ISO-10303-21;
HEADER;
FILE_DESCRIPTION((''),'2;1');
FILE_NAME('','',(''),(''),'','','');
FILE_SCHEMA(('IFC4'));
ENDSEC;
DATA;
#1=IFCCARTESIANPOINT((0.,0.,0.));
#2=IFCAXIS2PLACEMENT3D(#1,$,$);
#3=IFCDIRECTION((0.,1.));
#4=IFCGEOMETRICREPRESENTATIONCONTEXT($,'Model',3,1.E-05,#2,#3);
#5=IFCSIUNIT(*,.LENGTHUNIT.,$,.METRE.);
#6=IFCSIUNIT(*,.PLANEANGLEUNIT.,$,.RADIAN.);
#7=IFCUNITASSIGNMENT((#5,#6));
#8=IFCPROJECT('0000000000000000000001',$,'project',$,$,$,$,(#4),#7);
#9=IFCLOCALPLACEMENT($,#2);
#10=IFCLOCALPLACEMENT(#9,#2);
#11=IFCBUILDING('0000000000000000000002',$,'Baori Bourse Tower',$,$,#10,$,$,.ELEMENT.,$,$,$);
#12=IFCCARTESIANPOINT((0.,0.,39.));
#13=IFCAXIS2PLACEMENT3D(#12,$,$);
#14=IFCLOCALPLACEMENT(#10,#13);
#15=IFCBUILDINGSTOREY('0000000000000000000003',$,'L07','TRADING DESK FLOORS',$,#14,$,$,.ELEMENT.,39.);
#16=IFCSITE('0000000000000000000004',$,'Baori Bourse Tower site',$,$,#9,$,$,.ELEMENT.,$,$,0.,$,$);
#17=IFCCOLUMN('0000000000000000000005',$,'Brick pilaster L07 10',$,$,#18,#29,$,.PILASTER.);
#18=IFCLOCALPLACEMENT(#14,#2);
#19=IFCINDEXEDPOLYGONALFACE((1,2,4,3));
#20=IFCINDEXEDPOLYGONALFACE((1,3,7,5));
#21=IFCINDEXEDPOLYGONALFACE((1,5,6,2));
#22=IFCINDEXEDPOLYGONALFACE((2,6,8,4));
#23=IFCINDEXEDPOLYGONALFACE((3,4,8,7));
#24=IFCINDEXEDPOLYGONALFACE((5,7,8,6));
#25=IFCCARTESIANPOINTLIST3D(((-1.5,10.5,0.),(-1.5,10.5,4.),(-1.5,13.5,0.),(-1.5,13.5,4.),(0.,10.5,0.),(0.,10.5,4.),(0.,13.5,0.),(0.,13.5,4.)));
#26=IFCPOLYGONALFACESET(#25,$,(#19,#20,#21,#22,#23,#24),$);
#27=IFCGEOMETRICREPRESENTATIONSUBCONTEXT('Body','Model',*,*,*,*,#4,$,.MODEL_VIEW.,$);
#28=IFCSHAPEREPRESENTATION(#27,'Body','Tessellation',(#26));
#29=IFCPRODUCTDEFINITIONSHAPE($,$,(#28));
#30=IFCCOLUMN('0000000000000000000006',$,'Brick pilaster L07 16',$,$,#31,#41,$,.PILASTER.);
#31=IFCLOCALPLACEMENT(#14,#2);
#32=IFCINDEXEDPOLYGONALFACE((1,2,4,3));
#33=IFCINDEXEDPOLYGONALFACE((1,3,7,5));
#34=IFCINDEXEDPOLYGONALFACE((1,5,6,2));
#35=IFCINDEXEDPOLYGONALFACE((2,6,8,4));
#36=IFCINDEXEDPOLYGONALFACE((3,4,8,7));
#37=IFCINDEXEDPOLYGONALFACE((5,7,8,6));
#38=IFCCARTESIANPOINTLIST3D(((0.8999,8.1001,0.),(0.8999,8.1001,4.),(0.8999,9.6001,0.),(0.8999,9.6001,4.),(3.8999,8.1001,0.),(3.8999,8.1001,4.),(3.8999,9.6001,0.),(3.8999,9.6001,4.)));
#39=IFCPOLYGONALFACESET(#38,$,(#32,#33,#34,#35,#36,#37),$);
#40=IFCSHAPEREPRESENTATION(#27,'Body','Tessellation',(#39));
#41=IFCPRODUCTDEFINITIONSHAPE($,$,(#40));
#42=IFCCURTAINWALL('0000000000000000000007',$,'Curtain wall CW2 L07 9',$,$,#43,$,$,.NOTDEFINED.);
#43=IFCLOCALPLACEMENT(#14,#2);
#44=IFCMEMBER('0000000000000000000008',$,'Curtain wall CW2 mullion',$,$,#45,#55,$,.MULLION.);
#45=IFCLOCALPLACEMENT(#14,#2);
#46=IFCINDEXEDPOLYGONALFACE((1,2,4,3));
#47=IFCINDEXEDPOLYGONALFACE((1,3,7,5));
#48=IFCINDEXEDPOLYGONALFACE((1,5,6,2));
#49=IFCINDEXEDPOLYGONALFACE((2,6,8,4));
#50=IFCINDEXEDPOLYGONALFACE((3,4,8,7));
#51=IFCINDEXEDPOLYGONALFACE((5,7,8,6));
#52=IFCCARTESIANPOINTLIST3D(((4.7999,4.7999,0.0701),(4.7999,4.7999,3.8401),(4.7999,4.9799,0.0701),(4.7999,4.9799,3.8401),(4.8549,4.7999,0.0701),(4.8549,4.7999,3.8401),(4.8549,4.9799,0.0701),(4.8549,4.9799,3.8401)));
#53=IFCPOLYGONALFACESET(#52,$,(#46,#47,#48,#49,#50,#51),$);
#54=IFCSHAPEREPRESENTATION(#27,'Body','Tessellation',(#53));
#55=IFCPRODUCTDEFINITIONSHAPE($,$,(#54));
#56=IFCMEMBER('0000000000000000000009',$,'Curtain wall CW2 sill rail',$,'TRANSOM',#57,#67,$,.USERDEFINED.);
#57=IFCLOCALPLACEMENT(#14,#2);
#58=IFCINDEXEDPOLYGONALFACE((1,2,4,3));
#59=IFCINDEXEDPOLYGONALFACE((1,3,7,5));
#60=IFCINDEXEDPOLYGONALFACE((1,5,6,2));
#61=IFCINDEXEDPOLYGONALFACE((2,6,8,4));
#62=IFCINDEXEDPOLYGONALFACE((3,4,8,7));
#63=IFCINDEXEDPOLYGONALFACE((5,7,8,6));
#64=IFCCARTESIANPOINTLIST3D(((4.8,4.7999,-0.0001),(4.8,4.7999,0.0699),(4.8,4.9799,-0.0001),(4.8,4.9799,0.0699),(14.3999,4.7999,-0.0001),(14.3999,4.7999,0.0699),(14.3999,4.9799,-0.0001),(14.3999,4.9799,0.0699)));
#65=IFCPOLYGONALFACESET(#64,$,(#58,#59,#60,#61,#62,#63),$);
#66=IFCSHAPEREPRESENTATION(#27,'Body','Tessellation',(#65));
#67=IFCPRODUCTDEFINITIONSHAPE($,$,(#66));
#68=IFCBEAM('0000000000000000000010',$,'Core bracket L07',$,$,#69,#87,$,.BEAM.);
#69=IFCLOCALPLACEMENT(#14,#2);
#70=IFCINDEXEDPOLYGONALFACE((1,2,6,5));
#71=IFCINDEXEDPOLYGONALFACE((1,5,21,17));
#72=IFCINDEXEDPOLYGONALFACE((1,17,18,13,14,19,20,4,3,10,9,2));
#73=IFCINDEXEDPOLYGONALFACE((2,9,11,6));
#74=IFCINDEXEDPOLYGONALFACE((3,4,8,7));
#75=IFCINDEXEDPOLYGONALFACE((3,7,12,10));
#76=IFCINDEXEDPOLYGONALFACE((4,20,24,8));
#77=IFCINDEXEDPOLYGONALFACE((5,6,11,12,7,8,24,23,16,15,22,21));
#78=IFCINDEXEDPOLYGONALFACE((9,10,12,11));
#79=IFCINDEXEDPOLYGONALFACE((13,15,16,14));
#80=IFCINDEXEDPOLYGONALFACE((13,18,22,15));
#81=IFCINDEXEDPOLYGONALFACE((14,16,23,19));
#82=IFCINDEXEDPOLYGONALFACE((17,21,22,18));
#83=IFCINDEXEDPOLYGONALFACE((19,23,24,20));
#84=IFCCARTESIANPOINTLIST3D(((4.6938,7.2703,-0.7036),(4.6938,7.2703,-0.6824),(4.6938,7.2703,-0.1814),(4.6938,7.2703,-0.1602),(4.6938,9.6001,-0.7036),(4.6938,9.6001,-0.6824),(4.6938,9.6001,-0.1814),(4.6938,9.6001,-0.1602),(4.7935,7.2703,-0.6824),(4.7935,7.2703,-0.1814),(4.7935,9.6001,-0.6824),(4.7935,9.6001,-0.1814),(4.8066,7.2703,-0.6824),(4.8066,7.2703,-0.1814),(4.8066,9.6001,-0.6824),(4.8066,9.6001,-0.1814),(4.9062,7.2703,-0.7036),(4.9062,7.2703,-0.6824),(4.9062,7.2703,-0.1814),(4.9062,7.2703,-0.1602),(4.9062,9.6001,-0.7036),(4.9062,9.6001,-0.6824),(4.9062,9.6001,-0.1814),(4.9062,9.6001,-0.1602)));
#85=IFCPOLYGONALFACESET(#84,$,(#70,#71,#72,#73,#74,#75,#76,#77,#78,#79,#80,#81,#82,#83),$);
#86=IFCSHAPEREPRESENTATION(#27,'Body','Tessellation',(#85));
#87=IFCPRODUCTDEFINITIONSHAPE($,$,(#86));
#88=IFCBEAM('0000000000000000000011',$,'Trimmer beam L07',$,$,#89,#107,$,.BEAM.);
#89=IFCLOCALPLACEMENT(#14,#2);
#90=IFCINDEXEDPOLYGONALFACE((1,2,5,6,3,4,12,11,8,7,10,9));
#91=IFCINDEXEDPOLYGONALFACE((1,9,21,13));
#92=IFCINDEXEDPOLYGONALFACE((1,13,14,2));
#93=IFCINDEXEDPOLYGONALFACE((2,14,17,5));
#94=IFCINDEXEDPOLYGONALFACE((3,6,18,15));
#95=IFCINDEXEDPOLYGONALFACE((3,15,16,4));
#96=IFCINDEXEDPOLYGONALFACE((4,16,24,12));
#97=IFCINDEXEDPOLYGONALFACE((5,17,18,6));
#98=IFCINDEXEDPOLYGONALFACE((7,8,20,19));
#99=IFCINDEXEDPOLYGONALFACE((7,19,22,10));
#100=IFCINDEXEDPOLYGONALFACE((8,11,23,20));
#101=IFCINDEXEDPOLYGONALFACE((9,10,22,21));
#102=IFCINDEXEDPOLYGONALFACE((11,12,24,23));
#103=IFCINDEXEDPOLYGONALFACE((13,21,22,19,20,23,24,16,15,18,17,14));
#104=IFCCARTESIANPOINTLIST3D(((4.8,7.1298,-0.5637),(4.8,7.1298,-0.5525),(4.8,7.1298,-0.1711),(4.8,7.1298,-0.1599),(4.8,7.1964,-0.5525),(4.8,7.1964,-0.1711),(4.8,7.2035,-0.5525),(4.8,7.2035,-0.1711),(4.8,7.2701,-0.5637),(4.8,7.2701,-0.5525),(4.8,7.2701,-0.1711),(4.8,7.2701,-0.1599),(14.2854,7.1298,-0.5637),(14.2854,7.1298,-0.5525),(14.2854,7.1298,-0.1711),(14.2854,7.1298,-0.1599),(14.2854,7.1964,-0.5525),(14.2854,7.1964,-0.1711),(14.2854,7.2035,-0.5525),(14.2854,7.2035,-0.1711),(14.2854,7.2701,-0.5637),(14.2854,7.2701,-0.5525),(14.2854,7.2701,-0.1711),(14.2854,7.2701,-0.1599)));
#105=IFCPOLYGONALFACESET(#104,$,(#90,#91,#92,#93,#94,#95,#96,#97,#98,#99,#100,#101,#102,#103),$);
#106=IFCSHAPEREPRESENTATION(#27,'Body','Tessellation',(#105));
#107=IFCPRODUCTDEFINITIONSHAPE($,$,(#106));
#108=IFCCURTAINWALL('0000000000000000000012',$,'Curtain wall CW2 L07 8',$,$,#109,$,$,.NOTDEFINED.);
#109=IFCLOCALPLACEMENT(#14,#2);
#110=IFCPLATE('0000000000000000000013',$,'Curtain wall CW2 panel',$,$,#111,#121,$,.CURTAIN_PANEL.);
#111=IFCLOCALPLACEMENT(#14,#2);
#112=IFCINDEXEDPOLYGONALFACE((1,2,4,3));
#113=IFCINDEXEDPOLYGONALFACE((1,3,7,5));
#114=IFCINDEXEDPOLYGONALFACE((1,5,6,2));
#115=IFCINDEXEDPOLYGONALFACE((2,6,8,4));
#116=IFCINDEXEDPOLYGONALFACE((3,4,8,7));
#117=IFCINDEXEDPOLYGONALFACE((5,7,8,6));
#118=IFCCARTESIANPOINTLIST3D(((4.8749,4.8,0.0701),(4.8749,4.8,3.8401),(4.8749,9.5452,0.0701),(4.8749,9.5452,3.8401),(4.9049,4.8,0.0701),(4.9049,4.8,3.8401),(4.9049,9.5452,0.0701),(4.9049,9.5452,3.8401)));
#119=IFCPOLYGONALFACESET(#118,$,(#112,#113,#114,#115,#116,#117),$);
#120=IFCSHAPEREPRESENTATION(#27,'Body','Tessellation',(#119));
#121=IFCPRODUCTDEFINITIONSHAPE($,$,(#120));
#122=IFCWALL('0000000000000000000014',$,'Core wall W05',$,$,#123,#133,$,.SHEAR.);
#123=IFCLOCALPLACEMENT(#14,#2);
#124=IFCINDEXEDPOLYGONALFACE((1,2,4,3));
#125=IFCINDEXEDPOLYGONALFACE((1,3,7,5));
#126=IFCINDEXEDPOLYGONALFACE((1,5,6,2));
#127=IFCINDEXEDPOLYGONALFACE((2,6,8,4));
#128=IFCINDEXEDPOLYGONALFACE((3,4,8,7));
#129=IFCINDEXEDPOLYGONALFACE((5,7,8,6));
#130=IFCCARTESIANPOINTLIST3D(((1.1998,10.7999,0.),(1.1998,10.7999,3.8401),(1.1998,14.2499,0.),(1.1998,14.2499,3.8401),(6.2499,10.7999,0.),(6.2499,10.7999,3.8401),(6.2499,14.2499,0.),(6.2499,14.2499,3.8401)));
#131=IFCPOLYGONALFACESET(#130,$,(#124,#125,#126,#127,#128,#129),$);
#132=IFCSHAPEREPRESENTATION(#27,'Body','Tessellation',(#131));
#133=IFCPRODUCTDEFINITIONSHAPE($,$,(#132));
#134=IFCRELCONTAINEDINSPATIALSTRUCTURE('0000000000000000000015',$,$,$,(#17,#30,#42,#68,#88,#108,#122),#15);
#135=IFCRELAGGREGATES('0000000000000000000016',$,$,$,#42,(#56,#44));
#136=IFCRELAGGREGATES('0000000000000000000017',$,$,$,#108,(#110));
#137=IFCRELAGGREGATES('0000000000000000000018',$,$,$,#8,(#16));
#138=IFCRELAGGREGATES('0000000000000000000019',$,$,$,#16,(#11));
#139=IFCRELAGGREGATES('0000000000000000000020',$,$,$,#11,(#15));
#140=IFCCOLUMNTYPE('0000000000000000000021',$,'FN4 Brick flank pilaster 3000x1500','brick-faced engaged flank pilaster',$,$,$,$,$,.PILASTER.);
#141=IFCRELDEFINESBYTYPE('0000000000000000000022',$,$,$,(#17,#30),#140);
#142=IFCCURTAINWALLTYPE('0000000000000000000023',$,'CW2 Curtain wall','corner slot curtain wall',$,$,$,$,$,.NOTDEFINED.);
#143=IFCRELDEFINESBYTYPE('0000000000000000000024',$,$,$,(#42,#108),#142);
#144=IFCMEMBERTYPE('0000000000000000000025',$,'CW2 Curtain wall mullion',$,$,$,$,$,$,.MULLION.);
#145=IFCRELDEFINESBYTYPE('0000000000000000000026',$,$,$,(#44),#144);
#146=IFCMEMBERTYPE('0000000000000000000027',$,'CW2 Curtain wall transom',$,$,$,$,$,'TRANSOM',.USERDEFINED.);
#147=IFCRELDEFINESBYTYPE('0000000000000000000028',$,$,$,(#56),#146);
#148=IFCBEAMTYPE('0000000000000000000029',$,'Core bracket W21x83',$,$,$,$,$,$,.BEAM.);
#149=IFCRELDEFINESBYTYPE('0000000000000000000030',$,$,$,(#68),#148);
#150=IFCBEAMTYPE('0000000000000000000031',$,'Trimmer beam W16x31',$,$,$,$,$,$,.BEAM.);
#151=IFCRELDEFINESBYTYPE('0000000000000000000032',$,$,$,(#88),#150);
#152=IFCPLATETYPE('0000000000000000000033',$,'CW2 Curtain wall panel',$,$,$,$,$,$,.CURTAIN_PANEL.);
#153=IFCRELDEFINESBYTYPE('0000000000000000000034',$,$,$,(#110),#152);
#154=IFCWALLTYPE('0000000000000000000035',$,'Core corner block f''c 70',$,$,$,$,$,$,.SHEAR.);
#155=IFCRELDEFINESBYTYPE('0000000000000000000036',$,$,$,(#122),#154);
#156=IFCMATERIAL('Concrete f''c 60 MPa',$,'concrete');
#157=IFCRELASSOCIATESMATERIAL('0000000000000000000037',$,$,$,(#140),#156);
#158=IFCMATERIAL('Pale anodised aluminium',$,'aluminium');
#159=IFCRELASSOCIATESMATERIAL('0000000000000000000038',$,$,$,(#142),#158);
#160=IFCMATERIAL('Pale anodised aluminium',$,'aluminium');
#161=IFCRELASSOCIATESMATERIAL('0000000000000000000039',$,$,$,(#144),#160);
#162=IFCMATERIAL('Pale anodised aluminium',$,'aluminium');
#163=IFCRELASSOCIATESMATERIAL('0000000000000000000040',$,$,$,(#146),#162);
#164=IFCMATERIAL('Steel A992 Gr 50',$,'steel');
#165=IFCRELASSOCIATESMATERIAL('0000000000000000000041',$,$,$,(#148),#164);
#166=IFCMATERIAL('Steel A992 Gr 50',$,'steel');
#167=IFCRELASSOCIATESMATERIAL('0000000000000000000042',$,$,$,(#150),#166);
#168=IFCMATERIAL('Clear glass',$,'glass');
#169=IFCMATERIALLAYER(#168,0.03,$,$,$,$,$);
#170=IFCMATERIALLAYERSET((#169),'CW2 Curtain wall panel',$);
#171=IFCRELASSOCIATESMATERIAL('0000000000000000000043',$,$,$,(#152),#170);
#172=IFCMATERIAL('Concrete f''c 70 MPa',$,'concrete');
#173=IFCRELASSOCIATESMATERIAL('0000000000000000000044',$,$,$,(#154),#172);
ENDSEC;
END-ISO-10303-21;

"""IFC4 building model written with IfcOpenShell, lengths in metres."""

from ifc_helpers import new_model, si_unit, direction, frame, frame_2d, origin, origin_2d, place, context, subcontext, project, spatial, rectangle, i_section, extrude, material, layer, layer_set, material_profile, profile_set, type_object, element, aggregate, save


model = new_model("IFC4")

# Units and contexts
model_context = context("Model", 3, precision=1e-05, world=origin(), true_north=direction((0.0, 1.0)))
body_context = subcontext(model_context, "Body", "Model", "MODEL_VIEW")
ifc_project = project(units=[si_unit("LENGTHUNIT", "METRE"), si_unit("PLANEANGLEUNIT", "RADIAN")], contexts=[model_context])

# Site, building, storey
site_placement = place(None, origin())
site = spatial("IfcSite", under=ifc_project, at=site_placement, Name="Baori Bourse Tower site", CompositionType="ELEMENT", RefElevation=0.0)
building_placement = place(site_placement, origin())
building = spatial("IfcBuilding", under=site, at=building_placement, Name="Baori Bourse Tower", CompositionType="ELEMENT")
storey_placement = place(building_placement, frame((0.0, 0.0, 39.0)))
storey = spatial("IfcBuildingStorey", under=building, at=storey_placement, Name="L07", Description="TRADING DESK FLOORS", CompositionType="ELEMENT", Elevation=39.0)

# Columns
ifc_material_1 = material(Name="Concrete f'c 60 MPa", Category="concrete")
ifc_material_profile_1 = material_profile(ifc_material_1, rectangle(XDim=3.0, YDim=1.5, at=origin_2d()), Name="RC 3000x1500")
ifc_profile_set_1 = profile_set([ifc_material_profile_1], Name="Concrete f'c 60 MPa")
column_type = type_object("IfcColumnType", Name="FN4 Brick flank pilaster 3000x1500", Description="brick-faced engaged flank pilaster", PredefinedType="PILASTER", material=ifc_profile_set_1)
for number, where, z_axis, x_axis, name in (
    (1, (-0.75, 12.0, 0.0), (0.0, 0.0, 1.0), (0.0, 1.0, 0.0), "Brick pilaster L07 10"),
    (2, (2.3999, 8.8501, 0.0), (0.0, 0.0, 1.0), (1.0, 0.0, 0.0), "Brick pilaster L07 16"),
):
    element("IfcColumn", number, at=place(storey_placement, frame(where, z_axis=z_axis, x_axis=x_axis)), inside=storey, type_object=column_type, Name=name, PredefinedType="PILASTER", context=body_context, shape_type="SweptSolid", body=[
        extrude(rectangle(XDim=3.0, YDim=1.5, at=origin_2d()), origin(), (0.0, 0.0, 1.0), 4.0),
    ])

# Curtain wall, members
ifc_material_2 = material(Name="Pale anodised aluminium", Category="aluminium")
curtain_wall_type = type_object("IfcCurtainWallType", Name="CW2 Curtain wall", Description="corner slot curtain wall", PredefinedType="NOTDEFINED", material=ifc_material_2)
curtain_wall_1_placement = place(storey_placement, origin())
curtain_wall_1 = element("IfcCurtainWall", 3, at=curtain_wall_1_placement, inside=storey, type_object=curtain_wall_type, Name="Curtain wall CW2 L07 9", PredefinedType="NOTDEFINED")
ifc_material_3 = material(Name="Pale anodised aluminium", Category="aluminium")
ifc_material_profile_2 = material_profile(ifc_material_3, rectangle(XDim=0.1799, YDim=0.0549, at=origin_2d()), Name="Mullion 55x180")
ifc_profile_set_2 = profile_set([ifc_material_profile_2], Name="Pale anodised aluminium")
member_type_1 = type_object("IfcMemberType", Name="CW2 Curtain wall mullion", PredefinedType="MULLION", material=ifc_profile_set_2)
member_1_placement = place(storey_placement, frame((4.8274, 4.8899, 0.0701), z_axis=(0.0, 0.0, 1.0), x_axis=(0.0, 1.0, 0.0)))
member_1 = element("IfcMember", 4, at=member_1_placement, type_object=member_type_1, Name="Curtain wall CW2 mullion", PredefinedType="MULLION", context=body_context, shape_type="SweptSolid", body=[
    extrude(rectangle(XDim=0.1799, YDim=0.0549, at=origin_2d()), origin(), (0.0, 0.0, 1.0), 3.77),
])
ifc_material_4 = material(Name="Pale anodised aluminium", Category="aluminium")
ifc_material_profile_3 = material_profile(ifc_material_4, rectangle(XDim=0.1799, YDim=0.0701, at=origin_2d()), Name="Transom 70x180")
ifc_profile_set_3 = profile_set([ifc_material_profile_3], Name="Pale anodised aluminium")
member_type_2 = type_object("IfcMemberType", Name="CW2 Curtain wall transom", ElementType="TRANSOM", PredefinedType="USERDEFINED", material=ifc_profile_set_3)
member_2_placement = place(storey_placement, frame((4.8, 4.8899, 0.0349), z_axis=(1.0, 0.0, 0.0), x_axis=(0.0, 1.0, 0.0)))
member_2 = element("IfcMember", 5, at=member_2_placement, type_object=member_type_2, Name="Curtain wall CW2 sill rail", ObjectType="TRANSOM", PredefinedType="USERDEFINED", context=body_context, shape_type="SweptSolid", body=[
    extrude(rectangle(XDim=0.1799, YDim=0.0701, at=origin_2d()), origin(), (0.0, 0.0, 1.0), 9.5999),
])
aggregate(curtain_wall_1, [member_2, member_1])

# Beams
ifc_material_5 = material(Name="Steel A992 Gr 50", Category="steel")
ifc_material_profile_4 = material_profile(ifc_material_5, i_section(OverallWidth=0.2124, OverallDepth=0.5435, WebThickness=0.0132, FlangeThickness=0.0212, at=origin_2d()), Name="W21x83")
ifc_profile_set_4 = profile_set([ifc_material_profile_4], Name="Steel A992 Gr 50")
beam_type_1 = type_object("IfcBeamType", Name="Core bracket W21x83", PredefinedType="BEAM", material=ifc_profile_set_4)
beam_1_placement = place(storey_placement, frame((4.8, 7.2703, -0.4319), z_axis=(0.0, 1.0, 0.0), x_axis=(-1.0, 0.0, 0.0)))
element("IfcBeam", 6, at=beam_1_placement, inside=storey, type_object=beam_type_1, Name="Core bracket L07", PredefinedType="BEAM", context=body_context, shape_type="SweptSolid", body=[
    extrude(i_section(OverallWidth=0.2124, OverallDepth=0.5435, WebThickness=0.0132, FlangeThickness=0.0212, at=origin_2d()), origin(), (0.0, 0.0, 1.0), 2.3298),
])
ifc_material_6 = material(Name="Steel A992 Gr 50", Category="steel")
ifc_material_profile_5 = material_profile(ifc_material_6, i_section(OverallWidth=0.1404, OverallDepth=0.4038, WebThickness=0.0071, FlangeThickness=0.0112, at=origin_2d()), Name="W16x31")
ifc_profile_set_5 = profile_set([ifc_material_profile_5], Name="Steel A992 Gr 50")
beam_type_2 = type_object("IfcBeamType", Name="Trimmer beam W16x31", PredefinedType="BEAM", material=ifc_profile_set_5)
beam_2_placement = place(storey_placement, frame((4.8, 7.2, -0.3618), z_axis=(1.0, 0.0, 0.0), x_axis=(0.0, 1.0, 0.0)))
element("IfcBeam", 7, at=beam_2_placement, inside=storey, type_object=beam_type_2, Name="Trimmer beam L07", PredefinedType="BEAM", context=body_context, shape_type="SweptSolid", body=[
    extrude(i_section(OverallWidth=0.1404, OverallDepth=0.4038, WebThickness=0.0071, FlangeThickness=0.0112, at=origin_2d()), origin(), (0.0, 0.0, 1.0), 9.4854),
])

# Curtain wall, plate
curtain_wall_2_placement = place(storey_placement, origin())
curtain_wall_2 = element("IfcCurtainWall", 8, at=curtain_wall_2_placement, inside=storey, type_object=curtain_wall_type, Name="Curtain wall CW2 L07 8", PredefinedType="NOTDEFINED")
ifc_material_7 = material(Name="Clear glass", Category="glass")
ifc_layer_1 = layer(ifc_material_7, 0.03)
ifc_layer_set_1 = layer_set([ifc_layer_1], Name="CW2 Curtain wall panel")
plate_type = type_object("IfcPlateType", Name="CW2 Curtain wall panel", PredefinedType="CURTAIN_PANEL", material=ifc_layer_set_1)
plate_placement = place(storey_placement, frame((4.8899, 7.1726, 0.0701), z_axis=(0.0, 0.0, 1.0), x_axis=(0.0, -1.0, 0.0)))
plate = element("IfcPlate", 9, at=plate_placement, type_object=plate_type, Name="Curtain wall CW2 panel", PredefinedType="CURTAIN_PANEL", context=body_context, shape_type="SweptSolid", body=[
    extrude(rectangle(XDim=4.7451, YDim=0.03, at=origin_2d()), origin(), (0.0, 0.0, 1.0), 3.77),
])
aggregate(curtain_wall_2, [plate])

# Wall
ifc_material_8 = material(Name="Concrete f'c 70 MPa", Category="concrete")
wall_type_1 = type_object("IfcWallType", Name="Core corner block f'c 70", PredefinedType="SHEAR", material=ifc_material_8)
wall_1_placement = place(storey_placement, frame((1.2, 12.5249, 0.0), z_axis=(0.0, 0.0, 1.0), x_axis=(1.0, 0.0, 0.0)))
element("IfcWall", 10, at=wall_1_placement, inside=storey, type_object=wall_type_1, Name="Core wall W05", PredefinedType="SHEAR", context=body_context, shape_type="SweptSolid", body=[
    extrude(rectangle(XDim=5.05, YDim=3.45, at=frame_2d((2.5249, 0.0))), origin(), (0.0, 0.0, 1.0), 3.8401),
])

save(model, "model.ifc")
